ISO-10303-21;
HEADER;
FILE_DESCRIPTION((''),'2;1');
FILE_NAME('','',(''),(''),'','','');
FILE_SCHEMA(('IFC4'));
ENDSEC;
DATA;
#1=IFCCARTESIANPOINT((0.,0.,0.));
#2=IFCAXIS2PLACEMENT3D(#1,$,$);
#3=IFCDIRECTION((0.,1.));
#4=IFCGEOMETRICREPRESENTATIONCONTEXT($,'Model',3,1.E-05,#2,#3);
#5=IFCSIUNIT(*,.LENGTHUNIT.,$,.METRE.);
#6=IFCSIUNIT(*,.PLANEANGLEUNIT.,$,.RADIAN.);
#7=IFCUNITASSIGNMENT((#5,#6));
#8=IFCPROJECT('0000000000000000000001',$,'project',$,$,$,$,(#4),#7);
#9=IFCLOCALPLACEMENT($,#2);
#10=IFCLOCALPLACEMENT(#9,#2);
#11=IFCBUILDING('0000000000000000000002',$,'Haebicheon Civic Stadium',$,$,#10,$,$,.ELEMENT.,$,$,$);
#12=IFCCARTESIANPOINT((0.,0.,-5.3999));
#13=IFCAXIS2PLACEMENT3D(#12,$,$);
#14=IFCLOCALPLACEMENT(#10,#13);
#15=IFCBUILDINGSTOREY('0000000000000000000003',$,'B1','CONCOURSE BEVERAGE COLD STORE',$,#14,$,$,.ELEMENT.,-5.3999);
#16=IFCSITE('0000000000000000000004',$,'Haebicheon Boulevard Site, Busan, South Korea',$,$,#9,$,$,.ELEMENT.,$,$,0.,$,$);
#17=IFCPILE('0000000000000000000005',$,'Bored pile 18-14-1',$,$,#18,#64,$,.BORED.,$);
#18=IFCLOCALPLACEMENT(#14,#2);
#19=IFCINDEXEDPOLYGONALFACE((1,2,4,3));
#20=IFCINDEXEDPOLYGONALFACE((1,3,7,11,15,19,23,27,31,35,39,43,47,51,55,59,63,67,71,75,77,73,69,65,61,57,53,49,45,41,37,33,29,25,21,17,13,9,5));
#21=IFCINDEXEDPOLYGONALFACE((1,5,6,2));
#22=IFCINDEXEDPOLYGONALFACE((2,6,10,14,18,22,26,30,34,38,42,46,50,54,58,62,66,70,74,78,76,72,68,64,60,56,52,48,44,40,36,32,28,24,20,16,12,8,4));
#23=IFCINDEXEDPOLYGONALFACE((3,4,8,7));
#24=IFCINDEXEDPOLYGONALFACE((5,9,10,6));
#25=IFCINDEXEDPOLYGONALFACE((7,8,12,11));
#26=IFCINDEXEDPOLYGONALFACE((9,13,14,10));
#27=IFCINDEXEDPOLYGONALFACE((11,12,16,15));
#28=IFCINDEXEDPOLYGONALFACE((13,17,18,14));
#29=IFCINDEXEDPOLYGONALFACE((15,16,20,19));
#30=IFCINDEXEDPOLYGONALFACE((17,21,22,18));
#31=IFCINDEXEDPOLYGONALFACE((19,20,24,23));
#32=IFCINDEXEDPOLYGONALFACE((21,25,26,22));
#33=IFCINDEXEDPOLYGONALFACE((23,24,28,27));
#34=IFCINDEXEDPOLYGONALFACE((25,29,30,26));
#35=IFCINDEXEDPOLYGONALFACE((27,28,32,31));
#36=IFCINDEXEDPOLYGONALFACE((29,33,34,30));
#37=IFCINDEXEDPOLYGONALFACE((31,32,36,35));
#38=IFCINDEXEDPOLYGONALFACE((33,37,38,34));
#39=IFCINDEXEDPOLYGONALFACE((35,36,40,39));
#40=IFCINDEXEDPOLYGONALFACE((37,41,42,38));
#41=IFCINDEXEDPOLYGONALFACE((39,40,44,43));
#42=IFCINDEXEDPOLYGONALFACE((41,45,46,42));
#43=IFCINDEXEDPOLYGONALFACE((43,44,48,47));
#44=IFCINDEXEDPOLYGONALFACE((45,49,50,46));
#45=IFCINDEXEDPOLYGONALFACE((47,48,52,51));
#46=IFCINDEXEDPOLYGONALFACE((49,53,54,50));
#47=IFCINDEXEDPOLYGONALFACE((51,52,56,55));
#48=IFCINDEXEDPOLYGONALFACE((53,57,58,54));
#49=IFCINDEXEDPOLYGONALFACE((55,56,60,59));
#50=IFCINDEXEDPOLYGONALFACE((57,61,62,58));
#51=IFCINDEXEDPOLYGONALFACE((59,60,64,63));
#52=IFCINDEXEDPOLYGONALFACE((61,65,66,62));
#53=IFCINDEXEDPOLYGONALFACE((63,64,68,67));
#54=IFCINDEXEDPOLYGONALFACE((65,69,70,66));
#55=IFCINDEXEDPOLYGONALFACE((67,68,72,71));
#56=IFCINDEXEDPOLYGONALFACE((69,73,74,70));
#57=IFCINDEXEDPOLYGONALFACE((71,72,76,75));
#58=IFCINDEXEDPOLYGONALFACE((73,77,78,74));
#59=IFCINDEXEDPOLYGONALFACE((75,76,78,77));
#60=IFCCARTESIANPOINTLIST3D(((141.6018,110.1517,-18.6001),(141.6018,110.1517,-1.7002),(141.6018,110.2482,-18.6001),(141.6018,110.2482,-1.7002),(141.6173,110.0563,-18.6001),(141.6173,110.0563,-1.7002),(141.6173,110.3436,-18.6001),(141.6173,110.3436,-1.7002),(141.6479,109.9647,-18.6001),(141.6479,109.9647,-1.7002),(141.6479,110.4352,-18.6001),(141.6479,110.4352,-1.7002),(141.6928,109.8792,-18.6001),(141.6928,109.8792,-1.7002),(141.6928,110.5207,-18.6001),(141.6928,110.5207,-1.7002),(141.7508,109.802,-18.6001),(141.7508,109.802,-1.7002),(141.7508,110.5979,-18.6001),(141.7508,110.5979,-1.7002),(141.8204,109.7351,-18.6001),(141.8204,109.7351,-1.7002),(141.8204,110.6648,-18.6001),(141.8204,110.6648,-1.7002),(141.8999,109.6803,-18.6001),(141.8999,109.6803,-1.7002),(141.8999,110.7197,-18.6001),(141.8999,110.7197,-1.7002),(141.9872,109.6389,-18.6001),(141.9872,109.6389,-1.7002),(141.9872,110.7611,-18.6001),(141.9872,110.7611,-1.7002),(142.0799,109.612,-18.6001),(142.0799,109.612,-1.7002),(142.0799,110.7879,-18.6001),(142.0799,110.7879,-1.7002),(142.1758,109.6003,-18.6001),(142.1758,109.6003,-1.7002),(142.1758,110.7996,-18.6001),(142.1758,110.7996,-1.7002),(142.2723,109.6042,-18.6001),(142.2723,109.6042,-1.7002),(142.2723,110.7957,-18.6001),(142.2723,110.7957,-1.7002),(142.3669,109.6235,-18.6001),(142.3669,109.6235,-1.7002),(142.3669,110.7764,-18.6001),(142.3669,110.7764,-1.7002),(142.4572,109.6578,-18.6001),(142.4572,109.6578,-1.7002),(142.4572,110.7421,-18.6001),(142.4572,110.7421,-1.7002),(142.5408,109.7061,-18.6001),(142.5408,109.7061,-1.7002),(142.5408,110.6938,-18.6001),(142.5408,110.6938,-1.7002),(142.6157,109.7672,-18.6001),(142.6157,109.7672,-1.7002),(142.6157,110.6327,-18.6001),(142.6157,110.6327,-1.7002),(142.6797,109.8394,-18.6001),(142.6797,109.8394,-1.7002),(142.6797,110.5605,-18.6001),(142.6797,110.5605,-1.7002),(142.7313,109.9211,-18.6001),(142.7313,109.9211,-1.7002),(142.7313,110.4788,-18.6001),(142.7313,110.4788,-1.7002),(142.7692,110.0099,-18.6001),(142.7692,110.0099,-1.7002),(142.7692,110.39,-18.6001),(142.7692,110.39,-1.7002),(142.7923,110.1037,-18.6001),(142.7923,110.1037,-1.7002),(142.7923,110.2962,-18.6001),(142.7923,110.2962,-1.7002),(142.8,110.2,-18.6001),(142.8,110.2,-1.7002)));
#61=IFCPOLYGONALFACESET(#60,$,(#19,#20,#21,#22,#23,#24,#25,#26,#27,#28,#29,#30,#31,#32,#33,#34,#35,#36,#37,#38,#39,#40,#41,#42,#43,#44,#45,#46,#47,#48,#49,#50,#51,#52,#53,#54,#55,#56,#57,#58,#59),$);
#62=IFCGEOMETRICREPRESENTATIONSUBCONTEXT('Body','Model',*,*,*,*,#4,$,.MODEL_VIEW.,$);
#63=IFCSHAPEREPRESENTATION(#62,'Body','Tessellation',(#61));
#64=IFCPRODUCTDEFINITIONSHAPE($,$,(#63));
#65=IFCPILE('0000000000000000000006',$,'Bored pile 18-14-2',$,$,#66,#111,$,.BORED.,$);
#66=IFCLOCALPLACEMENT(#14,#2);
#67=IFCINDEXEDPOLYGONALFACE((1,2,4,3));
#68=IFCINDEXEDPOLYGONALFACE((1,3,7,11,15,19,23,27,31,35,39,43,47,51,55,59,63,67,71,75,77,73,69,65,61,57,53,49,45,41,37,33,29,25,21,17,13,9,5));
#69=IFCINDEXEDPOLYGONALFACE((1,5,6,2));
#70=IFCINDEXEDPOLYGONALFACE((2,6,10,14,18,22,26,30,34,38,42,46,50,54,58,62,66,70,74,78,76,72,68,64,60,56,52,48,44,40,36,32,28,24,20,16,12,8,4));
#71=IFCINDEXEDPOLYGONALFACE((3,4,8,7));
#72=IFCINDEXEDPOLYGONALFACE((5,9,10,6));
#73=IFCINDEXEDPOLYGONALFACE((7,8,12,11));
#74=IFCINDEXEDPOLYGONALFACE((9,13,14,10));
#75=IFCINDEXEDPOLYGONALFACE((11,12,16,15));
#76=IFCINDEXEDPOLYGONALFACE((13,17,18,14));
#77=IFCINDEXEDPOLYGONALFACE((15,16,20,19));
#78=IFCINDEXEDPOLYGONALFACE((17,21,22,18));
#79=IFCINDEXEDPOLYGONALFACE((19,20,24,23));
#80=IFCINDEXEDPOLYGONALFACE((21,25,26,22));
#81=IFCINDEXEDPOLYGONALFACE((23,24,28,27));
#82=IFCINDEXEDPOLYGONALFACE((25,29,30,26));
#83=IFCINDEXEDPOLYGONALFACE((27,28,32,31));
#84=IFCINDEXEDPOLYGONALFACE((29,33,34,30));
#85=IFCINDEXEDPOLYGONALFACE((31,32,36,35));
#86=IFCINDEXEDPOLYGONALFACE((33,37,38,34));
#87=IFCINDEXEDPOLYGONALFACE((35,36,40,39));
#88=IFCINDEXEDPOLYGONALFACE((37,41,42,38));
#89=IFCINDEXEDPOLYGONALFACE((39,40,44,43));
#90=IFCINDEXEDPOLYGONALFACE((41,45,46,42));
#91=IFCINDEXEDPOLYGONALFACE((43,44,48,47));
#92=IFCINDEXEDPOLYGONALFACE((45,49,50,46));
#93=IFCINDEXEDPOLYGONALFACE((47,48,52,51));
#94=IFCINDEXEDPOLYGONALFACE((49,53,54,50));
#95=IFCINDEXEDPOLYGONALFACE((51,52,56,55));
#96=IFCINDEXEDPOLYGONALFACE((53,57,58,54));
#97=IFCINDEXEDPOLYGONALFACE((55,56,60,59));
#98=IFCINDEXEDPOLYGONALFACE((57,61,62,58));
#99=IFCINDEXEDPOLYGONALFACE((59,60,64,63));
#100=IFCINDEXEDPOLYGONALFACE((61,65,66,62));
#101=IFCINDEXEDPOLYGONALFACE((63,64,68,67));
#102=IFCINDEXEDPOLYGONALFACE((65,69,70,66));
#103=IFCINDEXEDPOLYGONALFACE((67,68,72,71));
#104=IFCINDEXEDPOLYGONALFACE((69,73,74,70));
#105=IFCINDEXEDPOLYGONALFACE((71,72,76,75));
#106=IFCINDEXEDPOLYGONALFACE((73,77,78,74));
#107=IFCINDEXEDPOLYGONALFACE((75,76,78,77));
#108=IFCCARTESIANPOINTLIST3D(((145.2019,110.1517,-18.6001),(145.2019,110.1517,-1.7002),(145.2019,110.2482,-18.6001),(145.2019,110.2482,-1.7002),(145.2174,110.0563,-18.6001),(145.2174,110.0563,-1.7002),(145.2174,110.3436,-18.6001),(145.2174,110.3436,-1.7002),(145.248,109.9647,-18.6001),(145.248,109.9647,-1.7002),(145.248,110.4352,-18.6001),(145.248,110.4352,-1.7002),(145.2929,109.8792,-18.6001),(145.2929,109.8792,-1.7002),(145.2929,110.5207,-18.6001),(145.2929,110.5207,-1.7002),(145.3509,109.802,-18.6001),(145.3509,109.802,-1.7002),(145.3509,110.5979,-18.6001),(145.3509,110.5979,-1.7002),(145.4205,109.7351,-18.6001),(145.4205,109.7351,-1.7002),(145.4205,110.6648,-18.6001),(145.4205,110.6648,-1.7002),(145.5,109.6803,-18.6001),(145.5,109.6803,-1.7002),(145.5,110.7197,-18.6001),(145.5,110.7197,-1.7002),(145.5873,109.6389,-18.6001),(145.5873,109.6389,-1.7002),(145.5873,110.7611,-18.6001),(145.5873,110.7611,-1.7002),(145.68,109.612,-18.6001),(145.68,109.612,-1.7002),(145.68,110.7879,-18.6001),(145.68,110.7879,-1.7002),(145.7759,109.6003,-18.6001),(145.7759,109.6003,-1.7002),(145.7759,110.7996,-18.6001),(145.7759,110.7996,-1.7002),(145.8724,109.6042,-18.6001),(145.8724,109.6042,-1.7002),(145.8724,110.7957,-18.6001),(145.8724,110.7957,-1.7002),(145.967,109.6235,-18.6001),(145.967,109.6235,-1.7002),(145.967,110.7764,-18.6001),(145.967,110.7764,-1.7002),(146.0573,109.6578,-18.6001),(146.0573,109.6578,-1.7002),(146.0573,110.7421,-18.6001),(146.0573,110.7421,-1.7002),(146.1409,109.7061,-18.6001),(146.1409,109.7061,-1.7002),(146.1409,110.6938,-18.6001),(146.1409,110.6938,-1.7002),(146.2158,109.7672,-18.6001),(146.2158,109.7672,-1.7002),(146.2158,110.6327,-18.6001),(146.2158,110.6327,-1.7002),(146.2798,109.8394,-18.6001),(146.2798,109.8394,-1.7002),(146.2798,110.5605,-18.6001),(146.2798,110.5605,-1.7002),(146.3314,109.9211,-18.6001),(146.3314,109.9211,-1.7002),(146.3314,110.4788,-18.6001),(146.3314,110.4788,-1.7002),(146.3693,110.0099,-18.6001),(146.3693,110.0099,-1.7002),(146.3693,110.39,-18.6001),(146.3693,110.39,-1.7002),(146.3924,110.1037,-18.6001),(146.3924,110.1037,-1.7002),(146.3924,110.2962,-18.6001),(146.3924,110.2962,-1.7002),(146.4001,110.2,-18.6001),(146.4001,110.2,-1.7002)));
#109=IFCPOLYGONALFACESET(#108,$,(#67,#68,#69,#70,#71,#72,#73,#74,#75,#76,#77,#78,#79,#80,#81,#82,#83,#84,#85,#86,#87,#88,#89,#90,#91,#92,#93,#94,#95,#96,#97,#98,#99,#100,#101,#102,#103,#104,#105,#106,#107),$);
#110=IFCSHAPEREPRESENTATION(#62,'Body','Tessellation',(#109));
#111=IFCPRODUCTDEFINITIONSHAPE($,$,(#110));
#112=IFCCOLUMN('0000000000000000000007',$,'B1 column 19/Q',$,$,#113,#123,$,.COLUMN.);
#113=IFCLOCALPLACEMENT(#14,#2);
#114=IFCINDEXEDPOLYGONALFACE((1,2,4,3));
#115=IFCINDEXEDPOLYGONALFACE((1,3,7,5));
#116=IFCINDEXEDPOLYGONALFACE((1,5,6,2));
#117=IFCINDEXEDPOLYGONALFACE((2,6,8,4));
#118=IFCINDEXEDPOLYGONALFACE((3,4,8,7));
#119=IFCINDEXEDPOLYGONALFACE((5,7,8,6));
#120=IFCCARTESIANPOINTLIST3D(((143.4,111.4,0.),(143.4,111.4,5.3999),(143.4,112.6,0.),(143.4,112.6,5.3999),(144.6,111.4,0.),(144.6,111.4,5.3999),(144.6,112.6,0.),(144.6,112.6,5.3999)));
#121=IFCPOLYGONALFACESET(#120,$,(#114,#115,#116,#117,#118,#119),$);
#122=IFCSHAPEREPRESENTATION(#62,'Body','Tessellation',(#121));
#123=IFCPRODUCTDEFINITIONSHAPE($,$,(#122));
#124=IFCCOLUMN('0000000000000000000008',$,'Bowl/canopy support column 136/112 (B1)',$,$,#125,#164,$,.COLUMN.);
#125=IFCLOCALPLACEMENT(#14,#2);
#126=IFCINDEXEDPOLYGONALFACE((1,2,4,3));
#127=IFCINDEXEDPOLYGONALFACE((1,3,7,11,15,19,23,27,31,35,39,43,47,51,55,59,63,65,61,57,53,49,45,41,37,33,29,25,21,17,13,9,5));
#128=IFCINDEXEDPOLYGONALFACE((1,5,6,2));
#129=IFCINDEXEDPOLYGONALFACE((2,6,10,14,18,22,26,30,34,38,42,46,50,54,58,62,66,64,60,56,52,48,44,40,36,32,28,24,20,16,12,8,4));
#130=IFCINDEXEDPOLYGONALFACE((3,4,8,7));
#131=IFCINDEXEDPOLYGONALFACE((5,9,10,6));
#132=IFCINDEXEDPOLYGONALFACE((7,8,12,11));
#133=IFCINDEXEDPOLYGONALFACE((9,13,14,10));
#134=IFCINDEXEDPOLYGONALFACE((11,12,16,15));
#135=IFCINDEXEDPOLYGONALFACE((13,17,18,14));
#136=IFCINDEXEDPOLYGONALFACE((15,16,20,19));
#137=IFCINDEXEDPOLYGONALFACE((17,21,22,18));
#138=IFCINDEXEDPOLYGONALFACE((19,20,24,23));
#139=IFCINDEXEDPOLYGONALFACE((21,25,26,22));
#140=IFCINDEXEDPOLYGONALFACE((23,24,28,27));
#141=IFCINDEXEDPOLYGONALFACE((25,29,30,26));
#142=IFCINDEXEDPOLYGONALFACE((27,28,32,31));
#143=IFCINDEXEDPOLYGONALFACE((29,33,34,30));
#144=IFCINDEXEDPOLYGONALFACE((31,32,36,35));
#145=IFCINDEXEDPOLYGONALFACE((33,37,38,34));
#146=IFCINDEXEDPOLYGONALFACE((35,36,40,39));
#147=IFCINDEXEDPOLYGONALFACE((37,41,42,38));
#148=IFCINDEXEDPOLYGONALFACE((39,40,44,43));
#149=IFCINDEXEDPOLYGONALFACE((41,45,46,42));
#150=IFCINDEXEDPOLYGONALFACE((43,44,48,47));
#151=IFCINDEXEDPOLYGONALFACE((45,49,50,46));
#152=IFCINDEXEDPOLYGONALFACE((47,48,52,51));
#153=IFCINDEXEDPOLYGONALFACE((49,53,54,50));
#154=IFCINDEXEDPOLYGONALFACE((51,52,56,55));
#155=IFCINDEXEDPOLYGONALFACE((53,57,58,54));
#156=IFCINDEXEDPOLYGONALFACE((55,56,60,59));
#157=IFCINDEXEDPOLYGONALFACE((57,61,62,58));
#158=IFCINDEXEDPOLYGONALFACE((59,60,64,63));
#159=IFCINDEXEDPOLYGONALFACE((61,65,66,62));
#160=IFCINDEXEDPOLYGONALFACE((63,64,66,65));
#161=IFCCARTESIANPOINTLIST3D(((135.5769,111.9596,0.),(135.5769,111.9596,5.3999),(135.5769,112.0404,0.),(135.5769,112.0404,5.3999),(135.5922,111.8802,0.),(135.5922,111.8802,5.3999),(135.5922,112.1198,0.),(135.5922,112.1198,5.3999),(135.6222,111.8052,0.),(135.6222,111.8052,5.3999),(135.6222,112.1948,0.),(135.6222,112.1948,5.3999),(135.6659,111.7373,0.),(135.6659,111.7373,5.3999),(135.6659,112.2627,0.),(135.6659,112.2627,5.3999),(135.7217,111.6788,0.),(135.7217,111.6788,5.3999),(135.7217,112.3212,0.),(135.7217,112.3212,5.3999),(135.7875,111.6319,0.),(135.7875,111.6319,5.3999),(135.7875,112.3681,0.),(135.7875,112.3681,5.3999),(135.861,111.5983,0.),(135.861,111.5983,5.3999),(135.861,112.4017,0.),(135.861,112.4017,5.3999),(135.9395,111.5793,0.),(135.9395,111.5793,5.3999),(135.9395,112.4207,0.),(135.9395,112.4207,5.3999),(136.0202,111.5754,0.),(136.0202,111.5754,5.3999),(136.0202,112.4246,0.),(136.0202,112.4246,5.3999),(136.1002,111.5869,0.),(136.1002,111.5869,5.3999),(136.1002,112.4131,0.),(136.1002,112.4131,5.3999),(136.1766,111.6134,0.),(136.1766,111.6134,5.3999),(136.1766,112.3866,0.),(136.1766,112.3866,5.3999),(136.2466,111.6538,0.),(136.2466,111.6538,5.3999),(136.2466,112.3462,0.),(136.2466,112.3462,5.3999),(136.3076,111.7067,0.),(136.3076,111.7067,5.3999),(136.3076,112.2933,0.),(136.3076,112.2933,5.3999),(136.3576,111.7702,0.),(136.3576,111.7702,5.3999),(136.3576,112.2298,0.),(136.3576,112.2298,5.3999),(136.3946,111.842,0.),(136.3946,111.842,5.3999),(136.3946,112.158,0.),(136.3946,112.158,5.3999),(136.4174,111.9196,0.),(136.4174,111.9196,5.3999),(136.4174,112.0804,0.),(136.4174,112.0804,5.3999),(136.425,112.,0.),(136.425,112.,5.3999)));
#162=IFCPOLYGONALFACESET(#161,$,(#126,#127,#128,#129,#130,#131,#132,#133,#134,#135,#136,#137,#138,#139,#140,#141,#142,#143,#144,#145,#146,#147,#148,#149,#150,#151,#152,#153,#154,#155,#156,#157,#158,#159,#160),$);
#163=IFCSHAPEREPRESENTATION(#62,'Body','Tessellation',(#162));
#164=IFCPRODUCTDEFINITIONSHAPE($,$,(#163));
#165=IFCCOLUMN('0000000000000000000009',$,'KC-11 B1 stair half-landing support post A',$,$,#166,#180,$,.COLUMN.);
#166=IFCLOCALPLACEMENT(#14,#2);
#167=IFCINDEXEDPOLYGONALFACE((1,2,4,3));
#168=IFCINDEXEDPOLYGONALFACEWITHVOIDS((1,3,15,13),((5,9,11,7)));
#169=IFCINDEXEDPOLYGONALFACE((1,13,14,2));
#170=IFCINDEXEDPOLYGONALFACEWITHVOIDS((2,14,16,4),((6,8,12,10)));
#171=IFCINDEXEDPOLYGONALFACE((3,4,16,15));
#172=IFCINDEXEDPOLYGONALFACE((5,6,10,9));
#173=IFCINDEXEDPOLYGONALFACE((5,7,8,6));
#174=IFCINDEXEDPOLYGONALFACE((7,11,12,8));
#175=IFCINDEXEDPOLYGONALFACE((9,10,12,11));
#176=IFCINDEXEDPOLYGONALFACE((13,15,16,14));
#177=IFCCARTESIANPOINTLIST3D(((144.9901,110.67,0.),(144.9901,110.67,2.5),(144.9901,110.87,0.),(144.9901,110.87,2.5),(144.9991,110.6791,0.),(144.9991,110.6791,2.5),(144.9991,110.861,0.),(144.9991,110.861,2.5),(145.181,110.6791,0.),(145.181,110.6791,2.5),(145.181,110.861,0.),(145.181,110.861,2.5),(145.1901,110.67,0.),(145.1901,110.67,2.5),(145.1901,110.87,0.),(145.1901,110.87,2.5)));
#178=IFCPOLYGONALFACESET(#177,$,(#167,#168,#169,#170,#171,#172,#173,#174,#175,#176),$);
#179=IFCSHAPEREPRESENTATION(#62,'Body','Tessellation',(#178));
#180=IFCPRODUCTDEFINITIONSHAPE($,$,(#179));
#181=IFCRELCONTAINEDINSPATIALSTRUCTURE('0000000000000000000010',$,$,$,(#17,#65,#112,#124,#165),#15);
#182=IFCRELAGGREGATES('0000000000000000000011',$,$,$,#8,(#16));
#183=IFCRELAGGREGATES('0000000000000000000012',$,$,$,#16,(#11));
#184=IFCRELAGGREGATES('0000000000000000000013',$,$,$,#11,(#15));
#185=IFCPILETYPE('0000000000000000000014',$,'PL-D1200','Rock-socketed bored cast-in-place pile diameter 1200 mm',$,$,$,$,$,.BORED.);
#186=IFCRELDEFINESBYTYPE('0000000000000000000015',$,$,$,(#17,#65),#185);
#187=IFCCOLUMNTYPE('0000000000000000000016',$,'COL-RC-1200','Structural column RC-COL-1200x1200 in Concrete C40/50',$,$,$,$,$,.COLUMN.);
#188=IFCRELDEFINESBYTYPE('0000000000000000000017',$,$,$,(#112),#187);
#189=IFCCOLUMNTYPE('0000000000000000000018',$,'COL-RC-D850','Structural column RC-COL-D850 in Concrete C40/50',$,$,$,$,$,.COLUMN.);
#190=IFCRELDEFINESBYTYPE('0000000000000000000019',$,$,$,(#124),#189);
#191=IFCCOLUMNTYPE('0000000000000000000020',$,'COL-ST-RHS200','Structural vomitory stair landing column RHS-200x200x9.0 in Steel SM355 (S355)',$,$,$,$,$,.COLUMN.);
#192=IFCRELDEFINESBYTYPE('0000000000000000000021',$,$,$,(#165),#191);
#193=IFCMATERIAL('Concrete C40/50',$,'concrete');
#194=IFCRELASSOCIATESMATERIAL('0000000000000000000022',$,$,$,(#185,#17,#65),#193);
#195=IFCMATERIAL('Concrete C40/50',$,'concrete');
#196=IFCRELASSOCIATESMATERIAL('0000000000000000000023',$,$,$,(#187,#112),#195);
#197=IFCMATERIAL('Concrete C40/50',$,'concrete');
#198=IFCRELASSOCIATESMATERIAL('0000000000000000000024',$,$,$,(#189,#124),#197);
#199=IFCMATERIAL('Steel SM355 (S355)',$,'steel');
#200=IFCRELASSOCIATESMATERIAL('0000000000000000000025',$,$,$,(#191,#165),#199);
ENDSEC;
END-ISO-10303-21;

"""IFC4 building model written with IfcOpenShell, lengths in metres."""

from ifc_helpers import new_model, si_unit, direction, frame, origin, origin_2d, place, context, subcontext, project, spatial, rectangle, hollow_rectangle, circle, extrude, material, material_profile, profile_set, type_object, element, save


model = new_model("IFC4")

# Units and contexts
model_context = context("Model", 3, precision=1e-05, world=origin(), true_north=direction((0.0, 1.0)))
body_context = subcontext(model_context, "Body", "Model", "MODEL_VIEW")
ifc_project = project(units=[si_unit("LENGTHUNIT", "METRE"), si_unit("PLANEANGLEUNIT", "RADIAN")], contexts=[model_context])

# Site, building, storey
site_placement = place(None, origin())
site = spatial("IfcSite", under=ifc_project, at=site_placement, Name="Haebicheon Boulevard Site, Busan, South Korea", CompositionType="ELEMENT", RefElevation=0.0)
building_placement = place(site_placement, origin())
building = spatial("IfcBuilding", under=site, at=building_placement, Name="Haebicheon Civic Stadium", CompositionType="ELEMENT")
storey_placement = place(building_placement, frame((0.0, 0.0, -5.3999)))
storey = spatial("IfcBuildingStorey", under=building, at=storey_placement, Name="B1", Description="CONCOURSE BEVERAGE COLD STORE", CompositionType="ELEMENT", Elevation=-5.3999)

# Piles
ifc_material_1 = material(Name="Concrete C40/50", Category="concrete")
ifc_material_profile_1 = material_profile(ifc_material_1, circle(Radius=0.6001, at=origin_2d()), Name="PILE-D1200")
ifc_profile_set_1 = profile_set([ifc_material_profile_1], Name="Concrete C40/50")
pile_type_1 = type_object("IfcPileType", Name="PL-D1200", Description="Rock-socketed bored cast-in-place pile diameter 1200 mm", PredefinedType="BORED", material=ifc_profile_set_1)
for number, where, z_axis, x_axis, name in (
    (1, (142.2, 110.2, -1.7002), (0.0, 0.0, -1.0), (1.0, 0.0, 0.0), "Bored pile 18-14-1"),
    (2, (145.8, 110.2, -1.7002), (0.0, 0.0, -1.0), (1.0, 0.0, 0.0), "Bored pile 18-14-2"),
):
    element("IfcPile", number, at=place(storey_placement, frame(where, z_axis=z_axis, x_axis=x_axis)), inside=storey, type_object=pile_type_1, material=ifc_profile_set_1, Name=name, PredefinedType="BORED", context=body_context, shape_type="SweptSolid", body=[
        extrude(circle(Radius=0.6001, at=origin_2d()), origin(), (0.0, 0.0, 1.0), 16.8999),
    ])

# Columns
ifc_material_2 = material(Name="Concrete C40/50", Category="concrete")
ifc_material_profile_2 = material_profile(ifc_material_2, rectangle(XDim=1.2, YDim=1.2, at=origin_2d()), Name="RC-COL-1200x1200")
ifc_profile_set_2 = profile_set([ifc_material_profile_2], Name="Concrete C40/50")
column_type_1 = type_object("IfcColumnType", Name="COL-RC-1200", Description="Structural column RC-COL-1200x1200 in Concrete C40/50", PredefinedType="COLUMN", material=ifc_profile_set_2)
column_1_placement = place(storey_placement, frame((144.0, 112.0, 0.0), z_axis=(0.0, 0.0, 1.0), x_axis=(1.0, 0.0, 0.0)))
element("IfcColumn", 3, at=column_1_placement, inside=storey, type_object=column_type_1, material=ifc_profile_set_2, Name="B1 column 19/Q", PredefinedType="COLUMN", context=body_context, shape_type="SweptSolid", body=[
    extrude(rectangle(XDim=1.2, YDim=1.2, at=origin_2d()), origin(), (0.0, 0.0, 1.0), 5.3999),
])
ifc_material_3 = material(Name="Concrete C40/50", Category="concrete")
ifc_material_profile_3 = material_profile(ifc_material_3, circle(Radius=0.425, at=origin_2d()), Name="RC-COL-D850")
ifc_profile_set_3 = profile_set([ifc_material_profile_3], Name="Concrete C40/50")
column_type_2 = type_object("IfcColumnType", Name="COL-RC-D850", Description="Structural column RC-COL-D850 in Concrete C40/50", PredefinedType="COLUMN", material=ifc_profile_set_3)
column_2_placement = place(storey_placement, frame((136.0, 112.0, 0.0), z_axis=(0.0, 0.0, 1.0), x_axis=(1.0, 0.0, 0.0)))
element("IfcColumn", 4, at=column_2_placement, inside=storey, type_object=column_type_2, material=ifc_profile_set_3, Name="Bowl/canopy support column 136/112 (B1)", PredefinedType="COLUMN", context=body_context, shape_type="SweptSolid", body=[
    extrude(circle(Radius=0.425, at=origin_2d()), origin(), (0.0, 0.0, 1.0), 5.3999),
])
ifc_material_4 = material(Name="Steel SM355 (S355)", Category="steel")
ifc_material_profile_4 = material_profile(ifc_material_4, hollow_rectangle(XDim=0.2, YDim=0.2, WallThickness=0.009, at=origin_2d()), Name="RHS-200x200x9.0")
ifc_profile_set_4 = profile_set([ifc_material_profile_4], Name="Steel SM355 (S355)")
column_type_3 = type_object("IfcColumnType", Name="COL-ST-RHS200", Description="Structural vomitory stair landing column RHS-200x200x9.0 in Steel SM355 (S355)", PredefinedType="COLUMN", material=ifc_profile_set_4)
column_3_placement = place(storey_placement, frame((145.0901, 110.77, 0.0), z_axis=(0.0, 0.0, 1.0), x_axis=(1.0, 0.0, 0.0)))
element("IfcColumn", 5, at=column_3_placement, inside=storey, type_object=column_type_3, material=ifc_profile_set_4, Name="KC-11 B1 stair half-landing support post A", PredefinedType="COLUMN", context=body_context, shape_type="SweptSolid", body=[
    extrude(hollow_rectangle(XDim=0.2, YDim=0.2, WallThickness=0.009, at=origin_2d()), origin(), (0.0, 0.0, 1.0), 2.5),
])

save(model, "model.ifc")
